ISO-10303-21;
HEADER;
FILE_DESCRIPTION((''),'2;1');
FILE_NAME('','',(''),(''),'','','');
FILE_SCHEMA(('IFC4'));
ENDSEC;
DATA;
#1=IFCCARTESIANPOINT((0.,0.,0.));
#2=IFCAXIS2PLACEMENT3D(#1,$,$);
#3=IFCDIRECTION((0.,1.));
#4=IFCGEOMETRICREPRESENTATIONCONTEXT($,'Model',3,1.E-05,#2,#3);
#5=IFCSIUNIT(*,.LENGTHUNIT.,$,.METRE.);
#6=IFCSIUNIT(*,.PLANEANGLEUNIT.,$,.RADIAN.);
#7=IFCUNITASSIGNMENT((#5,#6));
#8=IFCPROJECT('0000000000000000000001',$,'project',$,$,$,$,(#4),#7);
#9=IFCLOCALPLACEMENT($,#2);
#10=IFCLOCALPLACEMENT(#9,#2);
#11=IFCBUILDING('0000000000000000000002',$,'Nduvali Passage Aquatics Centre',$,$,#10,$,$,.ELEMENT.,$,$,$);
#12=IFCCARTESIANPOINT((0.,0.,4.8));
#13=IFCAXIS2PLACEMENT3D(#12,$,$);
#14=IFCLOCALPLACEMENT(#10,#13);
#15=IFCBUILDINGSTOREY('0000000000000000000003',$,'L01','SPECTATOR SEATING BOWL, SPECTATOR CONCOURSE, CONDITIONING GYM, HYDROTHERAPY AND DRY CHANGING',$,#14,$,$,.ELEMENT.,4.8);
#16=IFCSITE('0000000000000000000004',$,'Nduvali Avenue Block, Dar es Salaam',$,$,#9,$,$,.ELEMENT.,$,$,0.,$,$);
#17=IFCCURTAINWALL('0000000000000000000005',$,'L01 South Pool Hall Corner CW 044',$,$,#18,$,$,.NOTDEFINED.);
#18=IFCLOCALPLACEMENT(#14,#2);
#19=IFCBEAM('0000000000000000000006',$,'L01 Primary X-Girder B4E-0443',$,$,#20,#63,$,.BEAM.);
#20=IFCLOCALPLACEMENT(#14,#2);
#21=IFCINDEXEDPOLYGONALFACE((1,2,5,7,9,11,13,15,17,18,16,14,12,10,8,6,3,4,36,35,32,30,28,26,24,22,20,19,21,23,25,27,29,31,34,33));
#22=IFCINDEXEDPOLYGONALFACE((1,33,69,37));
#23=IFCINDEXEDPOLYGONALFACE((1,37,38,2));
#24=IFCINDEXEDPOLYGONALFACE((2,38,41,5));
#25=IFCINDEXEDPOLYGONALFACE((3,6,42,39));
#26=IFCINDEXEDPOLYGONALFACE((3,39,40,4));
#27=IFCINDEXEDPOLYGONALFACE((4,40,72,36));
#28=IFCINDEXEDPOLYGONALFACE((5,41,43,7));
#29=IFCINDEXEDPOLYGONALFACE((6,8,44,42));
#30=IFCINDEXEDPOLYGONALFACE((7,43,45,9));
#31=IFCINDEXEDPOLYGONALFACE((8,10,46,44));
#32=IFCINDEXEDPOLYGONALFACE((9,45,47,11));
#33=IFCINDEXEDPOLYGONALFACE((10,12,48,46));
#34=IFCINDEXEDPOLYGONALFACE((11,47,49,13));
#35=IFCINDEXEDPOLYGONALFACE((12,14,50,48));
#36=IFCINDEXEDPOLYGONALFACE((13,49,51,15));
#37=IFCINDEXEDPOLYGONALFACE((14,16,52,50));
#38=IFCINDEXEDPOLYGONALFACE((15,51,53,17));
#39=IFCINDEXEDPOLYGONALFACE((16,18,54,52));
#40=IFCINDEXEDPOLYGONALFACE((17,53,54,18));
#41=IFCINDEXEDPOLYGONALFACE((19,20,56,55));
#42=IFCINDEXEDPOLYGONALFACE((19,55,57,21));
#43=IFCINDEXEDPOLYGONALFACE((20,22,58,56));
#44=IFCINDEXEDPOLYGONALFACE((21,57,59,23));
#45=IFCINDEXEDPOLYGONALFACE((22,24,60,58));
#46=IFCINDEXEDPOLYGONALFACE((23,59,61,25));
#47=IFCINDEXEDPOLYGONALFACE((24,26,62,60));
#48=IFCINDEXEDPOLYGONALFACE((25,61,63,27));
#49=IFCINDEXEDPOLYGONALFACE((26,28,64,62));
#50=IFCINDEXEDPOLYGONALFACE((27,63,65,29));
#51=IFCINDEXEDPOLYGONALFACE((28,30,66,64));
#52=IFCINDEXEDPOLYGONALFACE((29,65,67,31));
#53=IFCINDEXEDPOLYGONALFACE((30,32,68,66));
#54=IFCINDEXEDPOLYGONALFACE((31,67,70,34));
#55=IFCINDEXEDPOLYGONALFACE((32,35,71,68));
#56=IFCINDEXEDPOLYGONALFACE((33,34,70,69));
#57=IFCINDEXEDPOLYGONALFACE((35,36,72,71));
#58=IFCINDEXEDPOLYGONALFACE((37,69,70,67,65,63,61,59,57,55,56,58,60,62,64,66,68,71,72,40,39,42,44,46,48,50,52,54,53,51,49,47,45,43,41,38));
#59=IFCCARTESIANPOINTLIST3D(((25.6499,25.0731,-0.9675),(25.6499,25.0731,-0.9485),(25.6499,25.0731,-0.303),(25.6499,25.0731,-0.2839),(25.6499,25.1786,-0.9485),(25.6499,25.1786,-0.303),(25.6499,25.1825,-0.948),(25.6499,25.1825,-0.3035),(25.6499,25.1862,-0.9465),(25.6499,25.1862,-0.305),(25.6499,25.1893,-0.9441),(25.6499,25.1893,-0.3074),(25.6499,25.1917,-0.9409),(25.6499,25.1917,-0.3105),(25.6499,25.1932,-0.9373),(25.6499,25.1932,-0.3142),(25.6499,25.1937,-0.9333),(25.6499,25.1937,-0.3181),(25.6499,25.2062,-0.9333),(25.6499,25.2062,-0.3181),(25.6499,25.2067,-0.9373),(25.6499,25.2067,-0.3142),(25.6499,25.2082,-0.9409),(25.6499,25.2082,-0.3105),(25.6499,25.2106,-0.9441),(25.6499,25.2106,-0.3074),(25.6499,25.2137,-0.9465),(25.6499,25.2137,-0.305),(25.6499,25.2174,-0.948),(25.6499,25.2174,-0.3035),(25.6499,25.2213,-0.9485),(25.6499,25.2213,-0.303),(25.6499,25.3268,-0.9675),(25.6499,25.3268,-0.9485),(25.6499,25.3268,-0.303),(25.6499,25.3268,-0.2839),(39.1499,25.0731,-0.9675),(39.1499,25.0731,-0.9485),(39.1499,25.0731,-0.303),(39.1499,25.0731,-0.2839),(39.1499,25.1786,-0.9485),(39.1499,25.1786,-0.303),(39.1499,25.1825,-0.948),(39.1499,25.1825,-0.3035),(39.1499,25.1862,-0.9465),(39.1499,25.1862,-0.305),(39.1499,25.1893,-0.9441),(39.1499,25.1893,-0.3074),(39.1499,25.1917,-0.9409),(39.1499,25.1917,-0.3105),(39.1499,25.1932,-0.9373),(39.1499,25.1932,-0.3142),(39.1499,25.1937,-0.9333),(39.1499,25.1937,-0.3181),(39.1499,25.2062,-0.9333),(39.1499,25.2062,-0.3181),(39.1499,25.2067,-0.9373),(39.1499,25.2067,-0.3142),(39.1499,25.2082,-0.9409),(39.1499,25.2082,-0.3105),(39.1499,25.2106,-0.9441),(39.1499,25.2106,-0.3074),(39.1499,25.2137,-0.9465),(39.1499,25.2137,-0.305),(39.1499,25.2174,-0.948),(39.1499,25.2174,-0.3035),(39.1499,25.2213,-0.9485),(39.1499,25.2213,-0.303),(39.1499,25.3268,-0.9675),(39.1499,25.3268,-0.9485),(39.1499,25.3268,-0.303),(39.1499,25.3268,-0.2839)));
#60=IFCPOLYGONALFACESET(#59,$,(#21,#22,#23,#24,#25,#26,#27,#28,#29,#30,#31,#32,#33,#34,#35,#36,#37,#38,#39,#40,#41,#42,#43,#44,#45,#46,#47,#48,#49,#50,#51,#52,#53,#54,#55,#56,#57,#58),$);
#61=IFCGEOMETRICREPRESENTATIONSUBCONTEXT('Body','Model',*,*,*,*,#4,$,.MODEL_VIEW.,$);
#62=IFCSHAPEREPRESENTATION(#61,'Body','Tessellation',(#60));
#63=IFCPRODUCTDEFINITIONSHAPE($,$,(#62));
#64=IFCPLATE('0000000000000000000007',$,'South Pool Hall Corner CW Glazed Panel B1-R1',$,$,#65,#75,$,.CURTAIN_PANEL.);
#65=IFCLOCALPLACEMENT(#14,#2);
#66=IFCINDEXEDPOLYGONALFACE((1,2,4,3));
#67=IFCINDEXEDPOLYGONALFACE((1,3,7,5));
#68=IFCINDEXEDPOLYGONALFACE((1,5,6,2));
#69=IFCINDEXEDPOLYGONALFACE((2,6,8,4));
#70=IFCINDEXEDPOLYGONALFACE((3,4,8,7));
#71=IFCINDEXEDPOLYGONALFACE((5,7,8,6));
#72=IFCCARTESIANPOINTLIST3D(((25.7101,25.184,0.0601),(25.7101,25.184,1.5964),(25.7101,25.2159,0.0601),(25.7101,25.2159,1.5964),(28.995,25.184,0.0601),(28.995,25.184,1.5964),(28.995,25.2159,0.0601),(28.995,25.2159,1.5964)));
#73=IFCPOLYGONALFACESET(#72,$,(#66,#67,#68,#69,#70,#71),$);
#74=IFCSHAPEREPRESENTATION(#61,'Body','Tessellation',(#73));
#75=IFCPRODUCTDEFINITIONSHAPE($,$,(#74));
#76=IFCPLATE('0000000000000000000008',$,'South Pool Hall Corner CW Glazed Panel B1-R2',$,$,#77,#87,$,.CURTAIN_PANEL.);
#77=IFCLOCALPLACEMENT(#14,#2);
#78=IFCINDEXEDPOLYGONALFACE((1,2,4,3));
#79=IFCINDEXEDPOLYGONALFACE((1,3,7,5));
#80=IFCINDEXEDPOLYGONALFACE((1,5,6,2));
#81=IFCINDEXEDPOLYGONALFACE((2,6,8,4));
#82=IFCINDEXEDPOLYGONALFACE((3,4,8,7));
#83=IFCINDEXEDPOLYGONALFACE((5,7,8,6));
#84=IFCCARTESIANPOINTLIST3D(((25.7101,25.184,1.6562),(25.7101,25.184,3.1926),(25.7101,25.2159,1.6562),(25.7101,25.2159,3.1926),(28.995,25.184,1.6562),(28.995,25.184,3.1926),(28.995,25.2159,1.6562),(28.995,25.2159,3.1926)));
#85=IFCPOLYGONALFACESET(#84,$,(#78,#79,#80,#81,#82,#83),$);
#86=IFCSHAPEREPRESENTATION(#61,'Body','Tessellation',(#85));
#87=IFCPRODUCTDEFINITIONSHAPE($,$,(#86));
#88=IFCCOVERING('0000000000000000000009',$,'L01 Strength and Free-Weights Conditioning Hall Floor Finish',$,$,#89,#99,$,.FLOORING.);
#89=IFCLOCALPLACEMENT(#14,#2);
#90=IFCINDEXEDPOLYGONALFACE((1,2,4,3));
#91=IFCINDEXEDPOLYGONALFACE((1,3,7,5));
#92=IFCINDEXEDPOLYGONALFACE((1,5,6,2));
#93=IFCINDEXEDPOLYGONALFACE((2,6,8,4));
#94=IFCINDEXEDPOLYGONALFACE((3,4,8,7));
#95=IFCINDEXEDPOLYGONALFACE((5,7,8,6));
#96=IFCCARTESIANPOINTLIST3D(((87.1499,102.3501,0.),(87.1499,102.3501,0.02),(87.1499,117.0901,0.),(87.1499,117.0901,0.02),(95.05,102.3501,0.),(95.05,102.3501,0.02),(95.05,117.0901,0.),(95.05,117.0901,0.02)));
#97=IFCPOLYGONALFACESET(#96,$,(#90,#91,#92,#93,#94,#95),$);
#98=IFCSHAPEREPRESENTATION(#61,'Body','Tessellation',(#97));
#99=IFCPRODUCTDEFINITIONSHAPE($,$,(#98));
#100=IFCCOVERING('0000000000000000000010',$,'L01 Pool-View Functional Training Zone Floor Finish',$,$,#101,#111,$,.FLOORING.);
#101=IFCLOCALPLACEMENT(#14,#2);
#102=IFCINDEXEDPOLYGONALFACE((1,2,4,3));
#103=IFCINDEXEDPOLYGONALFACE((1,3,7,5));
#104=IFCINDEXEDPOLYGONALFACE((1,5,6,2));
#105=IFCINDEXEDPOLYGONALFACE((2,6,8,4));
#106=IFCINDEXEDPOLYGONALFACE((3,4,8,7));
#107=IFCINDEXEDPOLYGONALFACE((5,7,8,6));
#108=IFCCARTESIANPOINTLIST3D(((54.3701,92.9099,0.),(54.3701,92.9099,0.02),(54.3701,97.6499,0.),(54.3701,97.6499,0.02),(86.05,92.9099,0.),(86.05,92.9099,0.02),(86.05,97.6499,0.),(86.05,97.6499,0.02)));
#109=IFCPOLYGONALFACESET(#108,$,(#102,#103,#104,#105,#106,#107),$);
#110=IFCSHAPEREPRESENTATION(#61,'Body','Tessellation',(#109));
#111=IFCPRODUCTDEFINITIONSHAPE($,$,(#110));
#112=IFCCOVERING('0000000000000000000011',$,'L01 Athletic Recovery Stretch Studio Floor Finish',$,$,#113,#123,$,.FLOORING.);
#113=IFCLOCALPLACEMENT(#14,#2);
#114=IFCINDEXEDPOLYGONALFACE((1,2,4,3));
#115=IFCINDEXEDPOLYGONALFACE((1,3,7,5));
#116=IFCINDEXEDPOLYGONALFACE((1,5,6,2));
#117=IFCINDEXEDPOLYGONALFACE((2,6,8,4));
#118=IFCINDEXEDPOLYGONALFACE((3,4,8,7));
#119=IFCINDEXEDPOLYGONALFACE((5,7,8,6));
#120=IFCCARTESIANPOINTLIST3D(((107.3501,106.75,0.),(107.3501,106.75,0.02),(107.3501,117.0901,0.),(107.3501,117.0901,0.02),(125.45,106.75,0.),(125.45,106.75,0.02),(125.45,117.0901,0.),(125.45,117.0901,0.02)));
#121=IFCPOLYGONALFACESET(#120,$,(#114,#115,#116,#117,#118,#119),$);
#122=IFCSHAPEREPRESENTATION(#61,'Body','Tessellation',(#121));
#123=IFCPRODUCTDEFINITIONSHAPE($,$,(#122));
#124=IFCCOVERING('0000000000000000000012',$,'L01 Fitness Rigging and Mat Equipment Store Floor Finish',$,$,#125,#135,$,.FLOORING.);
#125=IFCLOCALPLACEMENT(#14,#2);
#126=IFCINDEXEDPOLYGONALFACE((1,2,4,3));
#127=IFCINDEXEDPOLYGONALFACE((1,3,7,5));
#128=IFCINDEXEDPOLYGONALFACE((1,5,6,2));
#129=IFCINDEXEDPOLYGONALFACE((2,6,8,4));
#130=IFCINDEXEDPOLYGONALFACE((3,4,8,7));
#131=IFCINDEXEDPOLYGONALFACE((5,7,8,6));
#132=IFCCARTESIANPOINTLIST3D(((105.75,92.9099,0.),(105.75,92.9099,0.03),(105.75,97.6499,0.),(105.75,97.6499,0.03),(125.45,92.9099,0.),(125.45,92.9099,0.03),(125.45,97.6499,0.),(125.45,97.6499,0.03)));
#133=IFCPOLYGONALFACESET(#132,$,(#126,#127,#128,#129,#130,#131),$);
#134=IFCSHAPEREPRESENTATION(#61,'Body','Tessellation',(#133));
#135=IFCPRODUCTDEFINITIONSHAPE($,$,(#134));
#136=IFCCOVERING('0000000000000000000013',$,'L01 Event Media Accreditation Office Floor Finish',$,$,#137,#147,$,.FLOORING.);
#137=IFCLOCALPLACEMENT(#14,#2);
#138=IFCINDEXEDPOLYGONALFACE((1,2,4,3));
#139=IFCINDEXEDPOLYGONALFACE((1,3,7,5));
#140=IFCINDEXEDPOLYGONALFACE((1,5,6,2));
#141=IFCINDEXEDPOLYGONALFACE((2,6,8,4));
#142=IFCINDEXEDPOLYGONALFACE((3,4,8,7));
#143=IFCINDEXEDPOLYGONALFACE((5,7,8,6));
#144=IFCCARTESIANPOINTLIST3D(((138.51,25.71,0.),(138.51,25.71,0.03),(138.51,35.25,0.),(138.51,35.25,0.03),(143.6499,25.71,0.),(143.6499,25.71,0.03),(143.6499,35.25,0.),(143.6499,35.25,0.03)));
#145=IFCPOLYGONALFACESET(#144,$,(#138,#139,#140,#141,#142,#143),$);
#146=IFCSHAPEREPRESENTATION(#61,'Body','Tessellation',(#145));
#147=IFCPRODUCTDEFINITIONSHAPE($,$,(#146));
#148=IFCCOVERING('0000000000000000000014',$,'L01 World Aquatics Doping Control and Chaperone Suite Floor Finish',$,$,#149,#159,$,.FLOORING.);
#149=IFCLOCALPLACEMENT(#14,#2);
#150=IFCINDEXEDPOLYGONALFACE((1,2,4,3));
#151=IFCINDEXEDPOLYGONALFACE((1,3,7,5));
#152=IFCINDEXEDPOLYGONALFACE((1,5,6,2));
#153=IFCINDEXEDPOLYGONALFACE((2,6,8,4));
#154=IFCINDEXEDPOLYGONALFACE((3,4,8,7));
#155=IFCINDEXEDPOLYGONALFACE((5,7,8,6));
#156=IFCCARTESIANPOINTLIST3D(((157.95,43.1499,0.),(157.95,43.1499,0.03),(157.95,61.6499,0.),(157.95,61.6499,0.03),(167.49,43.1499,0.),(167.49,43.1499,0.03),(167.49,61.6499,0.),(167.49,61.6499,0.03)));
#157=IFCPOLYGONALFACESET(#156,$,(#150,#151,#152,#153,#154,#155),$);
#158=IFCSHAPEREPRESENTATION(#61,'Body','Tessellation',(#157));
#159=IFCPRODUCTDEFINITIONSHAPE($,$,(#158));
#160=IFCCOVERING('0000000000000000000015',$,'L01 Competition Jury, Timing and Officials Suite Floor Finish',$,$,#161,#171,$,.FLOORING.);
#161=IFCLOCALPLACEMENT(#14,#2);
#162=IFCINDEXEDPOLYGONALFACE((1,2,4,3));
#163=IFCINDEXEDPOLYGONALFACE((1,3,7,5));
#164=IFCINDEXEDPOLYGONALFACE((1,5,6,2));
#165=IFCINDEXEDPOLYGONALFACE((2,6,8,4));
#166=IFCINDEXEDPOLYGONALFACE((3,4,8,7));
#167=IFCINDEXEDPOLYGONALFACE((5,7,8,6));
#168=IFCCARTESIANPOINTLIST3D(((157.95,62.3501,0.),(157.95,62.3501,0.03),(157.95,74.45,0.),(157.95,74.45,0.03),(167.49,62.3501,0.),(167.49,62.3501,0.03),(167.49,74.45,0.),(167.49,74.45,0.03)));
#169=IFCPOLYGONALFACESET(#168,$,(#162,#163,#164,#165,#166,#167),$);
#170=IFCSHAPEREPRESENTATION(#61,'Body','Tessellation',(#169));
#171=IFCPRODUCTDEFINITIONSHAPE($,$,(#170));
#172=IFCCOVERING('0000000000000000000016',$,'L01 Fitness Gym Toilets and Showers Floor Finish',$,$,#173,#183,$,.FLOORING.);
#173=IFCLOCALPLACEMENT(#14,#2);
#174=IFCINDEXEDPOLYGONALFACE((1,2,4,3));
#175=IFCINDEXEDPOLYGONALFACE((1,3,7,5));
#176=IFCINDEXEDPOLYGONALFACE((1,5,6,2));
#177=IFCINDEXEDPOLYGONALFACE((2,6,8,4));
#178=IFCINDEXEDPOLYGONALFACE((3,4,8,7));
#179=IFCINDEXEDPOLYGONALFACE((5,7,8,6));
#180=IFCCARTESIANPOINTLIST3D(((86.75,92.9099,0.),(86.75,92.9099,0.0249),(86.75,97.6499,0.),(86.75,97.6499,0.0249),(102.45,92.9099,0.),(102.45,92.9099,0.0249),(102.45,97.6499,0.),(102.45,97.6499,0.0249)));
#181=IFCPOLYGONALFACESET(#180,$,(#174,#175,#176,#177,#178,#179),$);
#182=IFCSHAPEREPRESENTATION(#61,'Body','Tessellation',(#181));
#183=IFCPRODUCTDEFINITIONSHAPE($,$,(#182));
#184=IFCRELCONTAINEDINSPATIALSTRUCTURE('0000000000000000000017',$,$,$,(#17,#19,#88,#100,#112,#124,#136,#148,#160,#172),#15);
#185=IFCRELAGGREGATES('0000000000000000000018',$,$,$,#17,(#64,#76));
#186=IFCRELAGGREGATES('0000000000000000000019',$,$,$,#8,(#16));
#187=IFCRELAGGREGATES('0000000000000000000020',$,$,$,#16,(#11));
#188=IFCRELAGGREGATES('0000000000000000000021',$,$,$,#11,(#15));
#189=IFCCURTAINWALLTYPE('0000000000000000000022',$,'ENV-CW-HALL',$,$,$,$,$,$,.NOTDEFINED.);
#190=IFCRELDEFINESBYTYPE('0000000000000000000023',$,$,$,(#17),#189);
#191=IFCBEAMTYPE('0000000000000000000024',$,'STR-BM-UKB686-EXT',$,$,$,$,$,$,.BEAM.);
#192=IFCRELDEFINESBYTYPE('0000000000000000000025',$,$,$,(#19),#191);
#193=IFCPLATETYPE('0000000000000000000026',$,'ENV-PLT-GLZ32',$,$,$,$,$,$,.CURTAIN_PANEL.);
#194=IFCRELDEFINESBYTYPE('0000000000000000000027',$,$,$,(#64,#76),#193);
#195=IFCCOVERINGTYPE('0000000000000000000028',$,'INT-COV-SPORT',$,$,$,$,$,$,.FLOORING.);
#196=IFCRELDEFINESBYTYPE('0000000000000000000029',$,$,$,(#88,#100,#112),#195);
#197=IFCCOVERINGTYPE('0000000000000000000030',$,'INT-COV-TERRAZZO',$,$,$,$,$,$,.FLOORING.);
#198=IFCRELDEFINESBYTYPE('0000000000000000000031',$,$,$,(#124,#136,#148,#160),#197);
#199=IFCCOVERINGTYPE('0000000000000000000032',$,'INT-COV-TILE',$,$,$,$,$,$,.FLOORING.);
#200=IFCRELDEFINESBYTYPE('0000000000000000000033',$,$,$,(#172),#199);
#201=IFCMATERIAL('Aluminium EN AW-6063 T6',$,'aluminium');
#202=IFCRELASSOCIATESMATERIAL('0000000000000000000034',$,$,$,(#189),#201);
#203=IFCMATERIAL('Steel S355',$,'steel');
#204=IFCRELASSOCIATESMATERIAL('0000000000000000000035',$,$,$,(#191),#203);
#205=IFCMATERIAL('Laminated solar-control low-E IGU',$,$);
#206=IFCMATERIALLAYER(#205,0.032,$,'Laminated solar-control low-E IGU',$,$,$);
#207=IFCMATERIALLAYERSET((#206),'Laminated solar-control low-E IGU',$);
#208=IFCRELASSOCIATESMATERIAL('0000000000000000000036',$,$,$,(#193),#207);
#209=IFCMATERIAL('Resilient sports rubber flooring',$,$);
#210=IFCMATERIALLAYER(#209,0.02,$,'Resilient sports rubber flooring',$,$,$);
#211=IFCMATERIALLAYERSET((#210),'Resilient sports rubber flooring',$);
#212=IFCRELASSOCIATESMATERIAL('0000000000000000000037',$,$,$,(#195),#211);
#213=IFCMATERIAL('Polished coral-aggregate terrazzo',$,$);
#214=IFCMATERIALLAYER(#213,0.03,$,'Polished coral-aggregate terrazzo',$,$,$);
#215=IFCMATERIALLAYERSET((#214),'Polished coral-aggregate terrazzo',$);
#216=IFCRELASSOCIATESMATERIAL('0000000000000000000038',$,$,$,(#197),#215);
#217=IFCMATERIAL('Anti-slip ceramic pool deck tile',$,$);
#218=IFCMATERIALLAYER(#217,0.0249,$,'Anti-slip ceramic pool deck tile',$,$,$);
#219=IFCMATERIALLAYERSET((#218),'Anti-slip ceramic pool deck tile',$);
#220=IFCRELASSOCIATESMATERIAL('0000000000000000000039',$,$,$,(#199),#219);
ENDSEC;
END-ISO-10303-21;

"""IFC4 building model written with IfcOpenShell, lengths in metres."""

from ifc_helpers import new_model, si_unit, direction, frame, origin, origin_2d, place, context, subcontext, project, spatial, polyline, rectangle, i_section, outline, extrude, material, layer, layer_set, material_profile, profile_set, type_object, element, aggregate, save


model = new_model("IFC4")

# Units and contexts
model_context = context("Model", 3, precision=1e-05, world=origin(), true_north=direction((0.0, 1.0)))
body_context = subcontext(model_context, "Body", "Model", "MODEL_VIEW")
ifc_project = project(units=[si_unit("LENGTHUNIT", "METRE"), si_unit("PLANEANGLEUNIT", "RADIAN")], contexts=[model_context])

# Site, building, storey
site_placement = place(None, origin())
site = spatial("IfcSite", under=ifc_project, at=site_placement, Name="Nduvali Avenue Block, Dar es Salaam", CompositionType="ELEMENT", RefElevation=0.0)
building_placement = place(site_placement, origin())
building = spatial("IfcBuilding", under=site, at=building_placement, Name="Nduvali Passage Aquatics Centre", CompositionType="ELEMENT")
storey_placement = place(building_placement, frame((0.0, 0.0, 4.8)))
storey = spatial("IfcBuildingStorey", under=building, at=storey_placement, Name="L01", Description="SPECTATOR SEATING BOWL, SPECTATOR CONCOURSE, CONDITIONING GYM, HYDROTHERAPY AND DRY CHANGING", CompositionType="ELEMENT", Elevation=4.8)

# Curtain wall
ifc_material_1 = material(Name="Aluminium EN AW-6063 T6", Category="aluminium")
curtain_wall_type = type_object("IfcCurtainWallType", Name="ENV-CW-HALL", PredefinedType="NOTDEFINED", material=ifc_material_1)
curtain_wall_1_placement = place(storey_placement, origin())
curtain_wall_1 = element("IfcCurtainWall", 1, at=curtain_wall_1_placement, inside=storey, type_object=curtain_wall_type, Name="L01 South Pool Hall Corner CW 044", PredefinedType="NOTDEFINED")

# Beam
ifc_material_2 = material(Name="Steel S355", Category="steel")
ifc_material_profile_1 = material_profile(ifc_material_2, i_section(OverallWidth=0.2537, OverallDepth=0.6836, WebThickness=0.0125, FlangeThickness=0.019, FilletRadius=0.0151, at=origin_2d()), Name="UKB 686x254x140")
ifc_profile_set_1 = profile_set([ifc_material_profile_1], Name="Steel S355")
beam_type_1 = type_object("IfcBeamType", Name="STR-BM-UKB686-EXT", PredefinedType="BEAM", material=ifc_profile_set_1)
beam_1_placement = place(storey_placement, frame((25.6499, 25.2, -0.6257), z_axis=(1.0, 0.0, 0.0), x_axis=(0.0, 1.0, 0.0)))
element("IfcBeam", 2, at=beam_1_placement, inside=storey, type_object=beam_type_1, Name="L01 Primary X-Girder B4E-0443", PredefinedType="BEAM", context=body_context, shape_type="SweptSolid", body=[
    extrude(i_section(OverallWidth=0.2537, OverallDepth=0.6836, WebThickness=0.0125, FlangeThickness=0.019, FilletRadius=0.0151, at=origin_2d()), origin(), (0.0, 0.0, 1.0), 13.5),
])

# Plates
ifc_material_3 = material(Name="Laminated solar-control low-E IGU")
ifc_layer_1 = layer(ifc_material_3, 0.032, Name="Laminated solar-control low-E IGU")
ifc_layer_set_1 = layer_set([ifc_layer_1], Name="Laminated solar-control low-E IGU")
plate_type = type_object("IfcPlateType", Name="ENV-PLT-GLZ32", PredefinedType="CURTAIN_PANEL", material=ifc_layer_set_1)
plate_1_placement = place(storey_placement, frame((27.3525, 25.2, 0.0601), z_axis=(0.0, 0.0, 1.0), x_axis=(1.0, 0.0, 0.0)))
plate_1 = element("IfcPlate", 3, at=plate_1_placement, type_object=plate_type, Name="South Pool Hall Corner CW Glazed Panel B1-R1", PredefinedType="CURTAIN_PANEL", context=body_context, shape_type="SweptSolid", body=[
    extrude(rectangle(XDim=3.2849, YDim=0.032, at=origin_2d()), origin(), (0.0, 0.0, 1.0), 1.5364),
])
plate_2_placement = place(storey_placement, frame((27.3525, 25.2, 1.6562), z_axis=(0.0, 0.0, 1.0), x_axis=(1.0, 0.0, 0.0)))
plate_2 = element("IfcPlate", 4, at=plate_2_placement, type_object=plate_type, Name="South Pool Hall Corner CW Glazed Panel B1-R2", PredefinedType="CURTAIN_PANEL", context=body_context, shape_type="SweptSolid", body=[
    extrude(rectangle(XDim=3.2849, YDim=0.032, at=origin_2d()), origin(), (0.0, 0.0, 1.0), 1.5364),
])
aggregate(curtain_wall_1, [plate_1, plate_2])

# Coverings
ifc_material_4 = material(Name="Resilient sports rubber flooring")
ifc_layer_2 = layer(ifc_material_4, 0.02, Name="Resilient sports rubber flooring")
ifc_layer_set_2 = layer_set([ifc_layer_2], Name="Resilient sports rubber flooring")
covering_type_1 = type_object("IfcCoveringType", Name="INT-COV-SPORT", PredefinedType="FLOORING", material=ifc_layer_set_2)
covering_1_placement = place(storey_placement, origin())
element("IfcCovering", 5, at=covering_1_placement, inside=storey, type_object=covering_type_1, Name="L01 Strength and Free-Weights Conditioning Hall Floor Finish", PredefinedType="FLOORING", context=body_context, shape_type="SweptSolid", body=[
    extrude(outline(polyline([(87.1499, 102.3501), (95.05, 102.3501), (95.05, 117.0901), (87.1499, 117.0901), (87.1499, 102.3501)])), origin(), (0.0, 0.0, 1.0), 0.02),
])
covering_2_placement = place(storey_placement, origin())
element("IfcCovering", 6, at=covering_2_placement, inside=storey, type_object=covering_type_1, Name="L01 Pool-View Functional Training Zone Floor Finish", PredefinedType="FLOORING", context=body_context, shape_type="SweptSolid", body=[
    extrude(outline(polyline([(54.3701, 92.9099), (86.05, 92.9099), (86.05, 97.6499), (54.3701, 97.6499), (54.3701, 92.9099)])), origin(), (0.0, 0.0, 1.0), 0.02),
])
covering_3_placement = place(storey_placement, origin())
element("IfcCovering", 7, at=covering_3_placement, inside=storey, type_object=covering_type_1, Name="L01 Athletic Recovery Stretch Studio Floor Finish", PredefinedType="FLOORING", context=body_context, shape_type="SweptSolid", body=[
    extrude(outline(polyline([(107.3501, 106.75), (125.45, 106.75), (125.45, 117.0901), (107.3501, 117.0901), (107.3501, 106.75)])), origin(), (0.0, 0.0, 1.0), 0.02),
])
ifc_material_5 = material(Name="Polished coral-aggregate terrazzo")
ifc_layer_3 = layer(ifc_material_5, 0.03, Name="Polished coral-aggregate terrazzo")
ifc_layer_set_3 = layer_set([ifc_layer_3], Name="Polished coral-aggregate terrazzo")
covering_type_2 = type_object("IfcCoveringType", Name="INT-COV-TERRAZZO", PredefinedType="FLOORING", material=ifc_layer_set_3)
covering_4_placement = place(storey_placement, origin())
element("IfcCovering", 8, at=covering_4_placement, inside=storey, type_object=covering_type_2, Name="L01 Fitness Rigging and Mat Equipment Store Floor Finish", PredefinedType="FLOORING", context=body_context, shape_type="SweptSolid", body=[
    extrude(outline(polyline([(105.75, 92.9099), (125.45, 92.9099), (125.45, 97.6499), (105.75, 97.6499), (105.75, 92.9099)])), origin(), (0.0, 0.0, 1.0), 0.03),
])
covering_5_placement = place(storey_placement, origin())
element("IfcCovering", 9, at=covering_5_placement, inside=storey, type_object=covering_type_2, Name="L01 Event Media Accreditation Office Floor Finish", PredefinedType="FLOORING", context=body_context, shape_type="SweptSolid", body=[
    extrude(outline(polyline([(138.51, 25.71), (143.6499, 25.71), (143.6499, 35.25), (138.51, 35.25), (138.51, 25.71)])), origin(), (0.0, 0.0, 1.0), 0.03),
])
covering_6_placement = place(storey_placement, origin())
element("IfcCovering", 10, at=covering_6_placement, inside=storey, type_object=covering_type_2, Name="L01 World Aquatics Doping Control and Chaperone Suite Floor Finish", PredefinedType="FLOORING", context=body_context, shape_type="SweptSolid", body=[
    extrude(outline(polyline([(157.95, 43.1499), (167.49, 43.1499), (167.49, 61.6499), (157.95, 61.6499), (157.95, 43.1499)])), origin(), (0.0, 0.0, 1.0), 0.03),
])
covering_7_placement = place(storey_placement, origin())
element("IfcCovering", 11, at=covering_7_placement, inside=storey, type_object=covering_type_2, Name="L01 Competition Jury, Timing and Officials Suite Floor Finish", PredefinedType="FLOORING", context=body_context, shape_type="SweptSolid", body=[
    extrude(outline(polyline([(157.95, 62.3501), (167.49, 62.3501), (167.49, 74.45), (157.95, 74.45), (157.95, 62.3501)])), origin(), (0.0, 0.0, 1.0), 0.03),
])
ifc_material_6 = material(Name="Anti-slip ceramic pool deck tile")
ifc_layer_4 = layer(ifc_material_6, 0.0249, Name="Anti-slip ceramic pool deck tile")
ifc_layer_set_4 = layer_set([ifc_layer_4], Name="Anti-slip ceramic pool deck tile")
covering_type_3 = type_object("IfcCoveringType", Name="INT-COV-TILE", PredefinedType="FLOORING", material=ifc_layer_set_4)
covering_8_placement = place(storey_placement, origin())
element("IfcCovering", 12, at=covering_8_placement, inside=storey, type_object=covering_type_3, Name="L01 Fitness Gym Toilets and Showers Floor Finish", PredefinedType="FLOORING", context=body_context, shape_type="SweptSolid", body=[
    extrude(outline(polyline([(86.75, 92.9099), (102.45, 92.9099), (102.45, 97.6499), (86.75, 97.6499), (86.75, 92.9099)])), origin(), (0.0, 0.0, 1.0), 0.0249),
])

save(model, "model.ifc")
